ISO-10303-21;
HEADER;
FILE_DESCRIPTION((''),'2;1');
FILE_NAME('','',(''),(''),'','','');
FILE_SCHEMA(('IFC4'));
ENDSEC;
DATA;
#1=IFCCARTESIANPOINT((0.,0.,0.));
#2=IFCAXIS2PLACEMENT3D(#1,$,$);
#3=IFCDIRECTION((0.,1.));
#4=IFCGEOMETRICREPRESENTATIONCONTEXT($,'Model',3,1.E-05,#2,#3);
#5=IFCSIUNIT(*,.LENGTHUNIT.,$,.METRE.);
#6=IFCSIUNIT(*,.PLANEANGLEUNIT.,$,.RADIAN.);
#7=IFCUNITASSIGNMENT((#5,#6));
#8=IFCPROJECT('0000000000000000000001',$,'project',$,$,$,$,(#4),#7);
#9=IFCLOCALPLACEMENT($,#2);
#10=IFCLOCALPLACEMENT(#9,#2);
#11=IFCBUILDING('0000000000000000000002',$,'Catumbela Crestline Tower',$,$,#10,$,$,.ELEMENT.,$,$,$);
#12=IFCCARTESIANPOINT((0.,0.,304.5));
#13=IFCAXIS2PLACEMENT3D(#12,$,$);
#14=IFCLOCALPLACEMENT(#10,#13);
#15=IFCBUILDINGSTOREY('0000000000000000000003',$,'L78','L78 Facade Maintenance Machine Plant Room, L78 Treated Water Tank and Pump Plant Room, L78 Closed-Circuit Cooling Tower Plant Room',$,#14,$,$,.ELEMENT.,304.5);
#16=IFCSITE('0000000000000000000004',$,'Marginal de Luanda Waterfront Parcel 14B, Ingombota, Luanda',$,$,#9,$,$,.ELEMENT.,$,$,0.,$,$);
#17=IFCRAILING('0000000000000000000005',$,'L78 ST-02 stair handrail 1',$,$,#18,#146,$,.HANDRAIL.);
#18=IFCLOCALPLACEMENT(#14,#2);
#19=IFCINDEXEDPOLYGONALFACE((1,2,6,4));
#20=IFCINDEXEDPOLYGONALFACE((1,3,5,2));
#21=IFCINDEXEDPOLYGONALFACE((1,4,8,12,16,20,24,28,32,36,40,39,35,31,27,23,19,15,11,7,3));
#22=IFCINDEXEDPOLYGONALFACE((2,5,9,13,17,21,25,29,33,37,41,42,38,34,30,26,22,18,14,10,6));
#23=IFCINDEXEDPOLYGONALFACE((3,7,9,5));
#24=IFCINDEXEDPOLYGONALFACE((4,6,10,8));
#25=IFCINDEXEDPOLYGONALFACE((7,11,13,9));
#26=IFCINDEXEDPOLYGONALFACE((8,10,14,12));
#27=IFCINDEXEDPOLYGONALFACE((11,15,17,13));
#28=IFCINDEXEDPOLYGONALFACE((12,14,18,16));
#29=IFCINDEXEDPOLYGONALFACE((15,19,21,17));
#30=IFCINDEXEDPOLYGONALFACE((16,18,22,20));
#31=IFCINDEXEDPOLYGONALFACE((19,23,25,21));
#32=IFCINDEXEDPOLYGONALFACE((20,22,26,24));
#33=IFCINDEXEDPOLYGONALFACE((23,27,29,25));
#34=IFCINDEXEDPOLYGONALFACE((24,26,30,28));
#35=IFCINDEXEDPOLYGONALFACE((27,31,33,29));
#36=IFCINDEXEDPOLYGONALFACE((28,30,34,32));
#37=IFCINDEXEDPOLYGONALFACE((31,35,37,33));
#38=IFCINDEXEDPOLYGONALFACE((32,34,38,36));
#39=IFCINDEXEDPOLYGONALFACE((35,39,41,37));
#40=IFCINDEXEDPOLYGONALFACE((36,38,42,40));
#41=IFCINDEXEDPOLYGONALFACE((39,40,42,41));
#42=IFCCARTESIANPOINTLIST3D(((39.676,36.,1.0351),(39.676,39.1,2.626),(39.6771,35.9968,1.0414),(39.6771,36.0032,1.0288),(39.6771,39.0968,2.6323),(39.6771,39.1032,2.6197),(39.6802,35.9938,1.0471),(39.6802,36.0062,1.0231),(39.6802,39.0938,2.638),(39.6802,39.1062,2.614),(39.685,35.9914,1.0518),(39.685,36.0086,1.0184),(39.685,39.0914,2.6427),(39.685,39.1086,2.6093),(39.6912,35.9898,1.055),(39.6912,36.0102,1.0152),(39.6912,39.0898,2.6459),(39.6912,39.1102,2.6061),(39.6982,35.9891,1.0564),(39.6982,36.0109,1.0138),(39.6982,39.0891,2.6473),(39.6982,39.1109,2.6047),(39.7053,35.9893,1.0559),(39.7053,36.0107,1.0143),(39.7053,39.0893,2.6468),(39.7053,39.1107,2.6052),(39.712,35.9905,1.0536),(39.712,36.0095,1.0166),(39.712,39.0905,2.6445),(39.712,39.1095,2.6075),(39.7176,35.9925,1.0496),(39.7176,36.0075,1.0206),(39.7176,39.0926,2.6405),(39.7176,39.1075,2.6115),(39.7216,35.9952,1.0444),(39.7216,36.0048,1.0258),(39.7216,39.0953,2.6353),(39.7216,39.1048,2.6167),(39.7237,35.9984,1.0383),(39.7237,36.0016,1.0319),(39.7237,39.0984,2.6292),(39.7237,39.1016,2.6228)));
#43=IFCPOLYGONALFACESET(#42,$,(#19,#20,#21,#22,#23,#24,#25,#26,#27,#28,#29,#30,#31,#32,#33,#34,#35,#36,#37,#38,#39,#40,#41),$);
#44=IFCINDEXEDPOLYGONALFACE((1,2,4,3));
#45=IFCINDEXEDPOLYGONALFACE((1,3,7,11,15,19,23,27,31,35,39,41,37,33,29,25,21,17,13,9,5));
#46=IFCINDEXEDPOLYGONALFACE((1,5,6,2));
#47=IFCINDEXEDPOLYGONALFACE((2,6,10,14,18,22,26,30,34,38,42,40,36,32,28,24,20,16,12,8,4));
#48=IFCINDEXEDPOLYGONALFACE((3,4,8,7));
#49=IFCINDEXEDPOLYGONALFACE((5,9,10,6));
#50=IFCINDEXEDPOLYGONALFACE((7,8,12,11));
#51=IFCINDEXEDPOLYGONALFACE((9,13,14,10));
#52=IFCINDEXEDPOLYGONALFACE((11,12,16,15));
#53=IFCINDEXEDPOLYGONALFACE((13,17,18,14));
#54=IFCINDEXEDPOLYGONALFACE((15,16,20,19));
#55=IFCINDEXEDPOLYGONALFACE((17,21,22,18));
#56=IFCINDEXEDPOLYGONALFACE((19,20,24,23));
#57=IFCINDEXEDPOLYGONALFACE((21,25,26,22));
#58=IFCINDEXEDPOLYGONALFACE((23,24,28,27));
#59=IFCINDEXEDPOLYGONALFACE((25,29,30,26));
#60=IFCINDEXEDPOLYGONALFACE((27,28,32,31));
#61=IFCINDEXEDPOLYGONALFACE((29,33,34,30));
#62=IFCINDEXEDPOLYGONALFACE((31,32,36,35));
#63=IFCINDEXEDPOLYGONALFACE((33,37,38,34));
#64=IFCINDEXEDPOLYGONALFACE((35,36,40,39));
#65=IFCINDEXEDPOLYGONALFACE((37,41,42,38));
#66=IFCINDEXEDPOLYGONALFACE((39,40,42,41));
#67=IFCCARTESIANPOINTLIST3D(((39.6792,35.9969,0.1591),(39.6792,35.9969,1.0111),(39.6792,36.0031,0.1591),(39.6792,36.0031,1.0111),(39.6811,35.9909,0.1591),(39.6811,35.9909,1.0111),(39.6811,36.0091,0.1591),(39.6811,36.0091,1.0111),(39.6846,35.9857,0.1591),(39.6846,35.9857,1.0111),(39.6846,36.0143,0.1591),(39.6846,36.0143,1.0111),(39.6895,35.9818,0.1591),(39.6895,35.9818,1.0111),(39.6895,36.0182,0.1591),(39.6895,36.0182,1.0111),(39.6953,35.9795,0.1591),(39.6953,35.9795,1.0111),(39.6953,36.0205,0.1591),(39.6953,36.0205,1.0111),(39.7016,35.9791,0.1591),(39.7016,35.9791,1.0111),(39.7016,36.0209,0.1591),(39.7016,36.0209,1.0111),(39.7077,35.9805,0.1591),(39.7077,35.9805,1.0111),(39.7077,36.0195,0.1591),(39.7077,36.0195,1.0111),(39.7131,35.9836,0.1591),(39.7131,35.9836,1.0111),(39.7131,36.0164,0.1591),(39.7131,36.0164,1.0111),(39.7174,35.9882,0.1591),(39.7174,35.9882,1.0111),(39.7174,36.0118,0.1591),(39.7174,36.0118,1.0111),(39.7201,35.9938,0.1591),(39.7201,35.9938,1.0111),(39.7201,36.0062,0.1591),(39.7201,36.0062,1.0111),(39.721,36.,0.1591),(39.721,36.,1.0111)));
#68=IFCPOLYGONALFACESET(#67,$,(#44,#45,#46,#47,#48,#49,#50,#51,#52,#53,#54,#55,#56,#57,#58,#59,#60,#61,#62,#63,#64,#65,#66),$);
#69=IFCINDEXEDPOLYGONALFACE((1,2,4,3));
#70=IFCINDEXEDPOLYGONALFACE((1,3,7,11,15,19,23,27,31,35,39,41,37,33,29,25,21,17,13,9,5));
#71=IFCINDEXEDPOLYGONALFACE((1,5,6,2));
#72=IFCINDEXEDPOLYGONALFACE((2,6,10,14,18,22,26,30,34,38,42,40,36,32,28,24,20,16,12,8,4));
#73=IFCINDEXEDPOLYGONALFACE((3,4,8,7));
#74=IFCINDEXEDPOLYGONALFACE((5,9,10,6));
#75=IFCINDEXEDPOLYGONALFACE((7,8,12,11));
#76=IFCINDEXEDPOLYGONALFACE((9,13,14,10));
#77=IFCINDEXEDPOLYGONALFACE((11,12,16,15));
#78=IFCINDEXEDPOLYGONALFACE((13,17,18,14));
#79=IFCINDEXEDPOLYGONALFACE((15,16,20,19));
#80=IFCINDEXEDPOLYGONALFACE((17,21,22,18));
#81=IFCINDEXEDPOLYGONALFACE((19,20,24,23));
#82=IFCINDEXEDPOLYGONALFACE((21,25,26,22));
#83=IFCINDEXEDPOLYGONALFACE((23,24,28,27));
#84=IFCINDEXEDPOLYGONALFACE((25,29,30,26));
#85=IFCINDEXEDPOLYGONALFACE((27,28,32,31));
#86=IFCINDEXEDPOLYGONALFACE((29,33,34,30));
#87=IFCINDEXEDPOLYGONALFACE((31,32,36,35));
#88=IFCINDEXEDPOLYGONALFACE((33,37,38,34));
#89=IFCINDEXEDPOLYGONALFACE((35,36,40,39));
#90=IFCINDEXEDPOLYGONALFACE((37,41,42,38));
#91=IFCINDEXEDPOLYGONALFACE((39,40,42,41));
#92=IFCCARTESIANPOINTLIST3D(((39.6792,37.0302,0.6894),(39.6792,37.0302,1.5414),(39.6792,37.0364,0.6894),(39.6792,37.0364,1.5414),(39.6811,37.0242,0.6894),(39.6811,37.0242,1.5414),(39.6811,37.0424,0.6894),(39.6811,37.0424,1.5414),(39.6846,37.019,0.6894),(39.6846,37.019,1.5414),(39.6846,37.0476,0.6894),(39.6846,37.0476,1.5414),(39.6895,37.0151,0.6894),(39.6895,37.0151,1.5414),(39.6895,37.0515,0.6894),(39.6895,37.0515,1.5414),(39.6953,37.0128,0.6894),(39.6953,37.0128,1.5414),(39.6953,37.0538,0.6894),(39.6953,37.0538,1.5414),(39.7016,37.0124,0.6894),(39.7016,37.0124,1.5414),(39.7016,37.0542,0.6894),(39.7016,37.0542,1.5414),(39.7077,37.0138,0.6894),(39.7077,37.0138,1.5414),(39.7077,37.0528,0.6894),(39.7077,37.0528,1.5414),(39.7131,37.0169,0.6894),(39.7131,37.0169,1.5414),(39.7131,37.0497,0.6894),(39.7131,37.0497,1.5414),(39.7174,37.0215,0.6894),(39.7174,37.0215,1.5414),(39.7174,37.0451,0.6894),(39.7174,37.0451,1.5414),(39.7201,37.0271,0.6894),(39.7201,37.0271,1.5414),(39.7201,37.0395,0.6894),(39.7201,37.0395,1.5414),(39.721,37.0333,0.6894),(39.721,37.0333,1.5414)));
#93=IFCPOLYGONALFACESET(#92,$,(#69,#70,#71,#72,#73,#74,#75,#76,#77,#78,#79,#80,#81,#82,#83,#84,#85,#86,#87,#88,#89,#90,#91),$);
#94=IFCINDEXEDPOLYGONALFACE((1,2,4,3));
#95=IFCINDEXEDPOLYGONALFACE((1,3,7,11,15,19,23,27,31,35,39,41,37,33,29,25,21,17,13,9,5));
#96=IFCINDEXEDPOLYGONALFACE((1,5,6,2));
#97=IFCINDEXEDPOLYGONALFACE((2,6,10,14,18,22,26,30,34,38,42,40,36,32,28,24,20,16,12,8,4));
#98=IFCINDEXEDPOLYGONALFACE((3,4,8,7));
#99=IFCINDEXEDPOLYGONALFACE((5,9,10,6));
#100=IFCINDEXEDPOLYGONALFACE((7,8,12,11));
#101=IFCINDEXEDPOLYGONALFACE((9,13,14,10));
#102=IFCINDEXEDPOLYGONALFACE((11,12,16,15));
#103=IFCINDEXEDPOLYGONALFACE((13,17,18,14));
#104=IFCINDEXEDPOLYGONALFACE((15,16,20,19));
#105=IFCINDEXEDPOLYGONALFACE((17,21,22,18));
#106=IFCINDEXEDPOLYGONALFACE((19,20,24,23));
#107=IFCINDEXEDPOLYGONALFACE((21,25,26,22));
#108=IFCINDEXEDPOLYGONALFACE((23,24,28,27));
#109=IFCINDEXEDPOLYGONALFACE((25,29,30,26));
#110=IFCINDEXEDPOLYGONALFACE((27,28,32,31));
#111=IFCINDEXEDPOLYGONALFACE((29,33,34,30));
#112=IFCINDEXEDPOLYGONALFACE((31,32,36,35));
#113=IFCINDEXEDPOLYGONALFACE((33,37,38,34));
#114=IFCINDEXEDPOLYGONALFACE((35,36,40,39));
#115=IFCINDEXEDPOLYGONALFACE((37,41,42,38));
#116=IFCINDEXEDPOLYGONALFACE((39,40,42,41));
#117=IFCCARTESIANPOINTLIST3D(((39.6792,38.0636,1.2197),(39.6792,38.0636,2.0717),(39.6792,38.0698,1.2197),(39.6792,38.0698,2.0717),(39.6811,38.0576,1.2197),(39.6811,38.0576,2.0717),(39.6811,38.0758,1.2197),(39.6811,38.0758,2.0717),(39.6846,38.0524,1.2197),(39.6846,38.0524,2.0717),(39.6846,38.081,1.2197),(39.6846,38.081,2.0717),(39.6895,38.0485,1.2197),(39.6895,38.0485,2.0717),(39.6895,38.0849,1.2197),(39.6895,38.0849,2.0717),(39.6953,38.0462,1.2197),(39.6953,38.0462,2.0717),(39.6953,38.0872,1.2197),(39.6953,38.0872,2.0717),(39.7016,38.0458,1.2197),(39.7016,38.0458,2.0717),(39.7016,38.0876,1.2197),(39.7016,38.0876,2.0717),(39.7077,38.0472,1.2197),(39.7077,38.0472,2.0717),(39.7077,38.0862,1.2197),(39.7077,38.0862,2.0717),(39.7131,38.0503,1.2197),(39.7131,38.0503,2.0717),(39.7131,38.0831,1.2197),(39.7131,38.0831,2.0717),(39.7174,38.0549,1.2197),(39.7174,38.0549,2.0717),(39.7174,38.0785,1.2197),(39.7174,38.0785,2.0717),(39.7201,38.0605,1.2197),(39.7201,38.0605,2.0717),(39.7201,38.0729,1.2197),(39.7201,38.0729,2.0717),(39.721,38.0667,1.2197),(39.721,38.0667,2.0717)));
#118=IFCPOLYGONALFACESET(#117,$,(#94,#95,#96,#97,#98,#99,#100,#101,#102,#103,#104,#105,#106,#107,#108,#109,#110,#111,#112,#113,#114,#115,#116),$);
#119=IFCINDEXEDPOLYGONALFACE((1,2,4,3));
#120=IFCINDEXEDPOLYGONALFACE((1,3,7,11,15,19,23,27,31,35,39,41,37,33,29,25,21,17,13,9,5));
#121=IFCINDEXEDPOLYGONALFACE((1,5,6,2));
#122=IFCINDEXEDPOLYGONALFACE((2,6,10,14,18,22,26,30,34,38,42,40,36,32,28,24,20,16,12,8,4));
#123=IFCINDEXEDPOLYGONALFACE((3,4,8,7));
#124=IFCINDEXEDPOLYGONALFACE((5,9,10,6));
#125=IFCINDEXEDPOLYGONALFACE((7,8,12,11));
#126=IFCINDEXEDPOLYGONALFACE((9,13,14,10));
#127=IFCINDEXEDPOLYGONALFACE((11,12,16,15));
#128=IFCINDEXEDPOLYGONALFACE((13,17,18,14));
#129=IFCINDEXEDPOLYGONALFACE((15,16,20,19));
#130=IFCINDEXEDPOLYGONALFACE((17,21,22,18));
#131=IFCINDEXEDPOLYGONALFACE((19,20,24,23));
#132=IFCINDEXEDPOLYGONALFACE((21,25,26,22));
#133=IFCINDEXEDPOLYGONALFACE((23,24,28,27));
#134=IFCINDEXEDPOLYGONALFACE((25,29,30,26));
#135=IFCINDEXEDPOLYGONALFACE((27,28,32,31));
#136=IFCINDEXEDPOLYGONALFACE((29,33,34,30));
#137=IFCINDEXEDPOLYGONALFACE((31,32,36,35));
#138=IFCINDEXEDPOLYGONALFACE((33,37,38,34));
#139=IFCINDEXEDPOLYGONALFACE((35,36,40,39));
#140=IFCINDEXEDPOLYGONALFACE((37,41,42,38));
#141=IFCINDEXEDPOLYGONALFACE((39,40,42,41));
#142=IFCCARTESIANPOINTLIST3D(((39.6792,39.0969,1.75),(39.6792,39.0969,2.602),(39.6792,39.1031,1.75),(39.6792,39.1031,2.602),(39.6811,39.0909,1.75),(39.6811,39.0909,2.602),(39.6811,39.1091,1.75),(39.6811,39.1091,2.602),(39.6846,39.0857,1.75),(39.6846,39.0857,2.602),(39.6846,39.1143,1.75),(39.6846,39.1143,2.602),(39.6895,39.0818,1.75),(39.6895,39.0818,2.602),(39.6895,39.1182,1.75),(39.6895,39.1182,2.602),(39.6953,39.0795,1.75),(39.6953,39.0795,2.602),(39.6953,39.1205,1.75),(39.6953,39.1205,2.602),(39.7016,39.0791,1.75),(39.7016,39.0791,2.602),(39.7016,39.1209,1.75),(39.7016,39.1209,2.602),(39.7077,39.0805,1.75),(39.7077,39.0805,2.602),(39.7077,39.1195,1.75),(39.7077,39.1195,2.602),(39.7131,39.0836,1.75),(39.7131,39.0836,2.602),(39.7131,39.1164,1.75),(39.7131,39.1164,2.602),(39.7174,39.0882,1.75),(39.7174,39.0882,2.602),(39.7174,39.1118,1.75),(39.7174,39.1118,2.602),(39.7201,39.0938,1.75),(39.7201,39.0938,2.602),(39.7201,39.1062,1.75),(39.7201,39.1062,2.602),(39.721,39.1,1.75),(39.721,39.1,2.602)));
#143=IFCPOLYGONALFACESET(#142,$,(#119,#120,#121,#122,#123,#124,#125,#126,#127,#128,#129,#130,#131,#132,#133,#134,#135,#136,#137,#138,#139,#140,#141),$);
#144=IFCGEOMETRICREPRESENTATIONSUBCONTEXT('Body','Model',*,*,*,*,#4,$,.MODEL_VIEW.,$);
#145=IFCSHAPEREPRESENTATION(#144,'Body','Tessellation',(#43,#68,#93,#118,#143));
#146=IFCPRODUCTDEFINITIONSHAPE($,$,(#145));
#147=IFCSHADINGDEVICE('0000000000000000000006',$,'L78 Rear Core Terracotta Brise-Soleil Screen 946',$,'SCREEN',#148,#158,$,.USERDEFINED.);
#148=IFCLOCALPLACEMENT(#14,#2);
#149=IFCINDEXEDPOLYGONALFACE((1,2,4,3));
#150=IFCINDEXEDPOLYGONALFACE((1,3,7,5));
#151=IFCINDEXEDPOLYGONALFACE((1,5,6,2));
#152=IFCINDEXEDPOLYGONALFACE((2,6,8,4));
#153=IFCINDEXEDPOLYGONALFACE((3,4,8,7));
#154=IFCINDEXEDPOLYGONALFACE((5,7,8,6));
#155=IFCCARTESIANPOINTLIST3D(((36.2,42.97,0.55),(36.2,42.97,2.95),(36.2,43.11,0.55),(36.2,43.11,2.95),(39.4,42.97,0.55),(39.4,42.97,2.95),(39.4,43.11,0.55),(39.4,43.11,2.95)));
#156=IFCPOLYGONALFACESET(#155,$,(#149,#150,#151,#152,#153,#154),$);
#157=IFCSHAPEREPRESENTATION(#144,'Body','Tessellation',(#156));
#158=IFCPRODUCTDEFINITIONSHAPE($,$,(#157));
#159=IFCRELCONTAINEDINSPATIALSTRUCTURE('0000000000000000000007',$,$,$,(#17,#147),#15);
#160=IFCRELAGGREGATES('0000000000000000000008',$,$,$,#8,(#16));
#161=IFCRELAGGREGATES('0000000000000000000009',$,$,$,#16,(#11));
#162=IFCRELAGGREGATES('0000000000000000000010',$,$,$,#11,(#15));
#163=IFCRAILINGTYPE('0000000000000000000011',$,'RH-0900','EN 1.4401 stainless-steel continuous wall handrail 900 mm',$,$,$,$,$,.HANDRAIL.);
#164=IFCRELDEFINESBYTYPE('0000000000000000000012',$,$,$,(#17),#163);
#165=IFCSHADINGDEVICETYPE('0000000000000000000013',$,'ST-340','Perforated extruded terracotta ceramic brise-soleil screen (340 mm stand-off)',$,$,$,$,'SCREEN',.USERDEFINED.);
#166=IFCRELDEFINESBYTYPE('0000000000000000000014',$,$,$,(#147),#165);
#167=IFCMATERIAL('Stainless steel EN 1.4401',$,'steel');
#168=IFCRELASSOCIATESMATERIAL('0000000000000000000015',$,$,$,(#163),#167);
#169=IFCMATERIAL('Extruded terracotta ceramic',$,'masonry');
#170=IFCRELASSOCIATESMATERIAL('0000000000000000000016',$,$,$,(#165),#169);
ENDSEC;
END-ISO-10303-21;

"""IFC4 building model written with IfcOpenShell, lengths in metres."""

from ifc_helpers import new_model, si_unit, direction, frame, origin, origin_2d, place, context, subcontext, project, spatial, rectangle, circle, extrude, material, type_object, element, save


model = new_model("IFC4")

# Units and contexts
model_context = context("Model", 3, precision=1e-05, world=origin(), true_north=direction((0.0, 1.0)))
body_context = subcontext(model_context, "Body", "Model", "MODEL_VIEW")
ifc_project = project(units=[si_unit("LENGTHUNIT", "METRE"), si_unit("PLANEANGLEUNIT", "RADIAN")], contexts=[model_context])

# Site, building, storey
site_placement = place(None, origin())
site = spatial("IfcSite", under=ifc_project, at=site_placement, Name="Marginal de Luanda Waterfront Parcel 14B, Ingombota, Luanda", CompositionType="ELEMENT", RefElevation=0.0)
building_placement = place(site_placement, origin())
building = spatial("IfcBuilding", under=site, at=building_placement, Name="Catumbela Crestline Tower", CompositionType="ELEMENT")
storey_placement = place(building_placement, frame((0.0, 0.0, 304.5)))
storey = spatial("IfcBuildingStorey", under=building, at=storey_placement, Name="L78", Description="L78 Facade Maintenance Machine Plant Room, L78 Treated Water Tank and Pump Plant Room, L78 Closed-Circuit Cooling Tower Plant Room", CompositionType="ELEMENT", Elevation=304.5)

# Railing
ifc_material_1 = material(Name="Stainless steel EN 1.4401", Category="steel")
railing_type_1 = type_object("IfcRailingType", Name="RH-0900", Description="EN 1.4401 stainless-steel continuous wall handrail 900 mm", PredefinedType="HANDRAIL", material=ifc_material_1)
railing_1_placement = place(storey_placement, frame((39.7, 36.0, 0.1591)))
element("IfcRailing", 1, at=railing_1_placement, inside=storey, type_object=railing_type_1, Name="L78 ST-02 stair handrail 1", PredefinedType="HANDRAIL", context=body_context, shape_type="SweptSolid", body=[
    extrude(circle(Radius=0.024, at=origin_2d()), frame((0.0, 0.0, 0.876), z_axis=(0.0, 0.889683, 0.456579), x_axis=(-1.0, 0.0, 0.0)), (0.0, 0.0, 1.0), 3.4844),
    extrude(circle(Radius=0.021, at=origin_2d()), origin(), (0.0, 0.0, 1.0), 0.852),
    extrude(circle(Radius=0.021, at=origin_2d()), frame((0.0, 1.0333, 0.5303)), (0.0, 0.0, 1.0), 0.852),
    extrude(circle(Radius=0.021, at=origin_2d()), frame((0.0, 2.0667, 1.0606)), (0.0, 0.0, 1.0), 0.852),
    extrude(circle(Radius=0.021, at=origin_2d()), frame((0.0, 3.1, 1.5909)), (0.0, 0.0, 1.0), 0.852),
])

# Shading device
ifc_material_2 = material(Name="Extruded terracotta ceramic", Category="masonry")
shading_device_type = type_object("IfcShadingDeviceType", Name="ST-340", Description="Perforated extruded terracotta ceramic brise-soleil screen (340 mm stand-off)", ElementType="SCREEN", PredefinedType="USERDEFINED", material=ifc_material_2)
shading_device_placement = place(storey_placement, frame((37.8, 43.04, 0.55), z_axis=(0.0, 0.0, 1.0), x_axis=(1.0, 0.0, 0.0)))
element("IfcShadingDevice", 2, at=shading_device_placement, inside=storey, type_object=shading_device_type, Name="L78 Rear Core Terracotta Brise-Soleil Screen 946", ObjectType="SCREEN", PredefinedType="USERDEFINED", context=body_context, shape_type="SweptSolid", body=[
    extrude(rectangle(XDim=3.2, YDim=0.14, at=origin_2d()), origin(), (0.0, 0.0, 1.0), 2.4),
])

save(model, "model.ifc")
